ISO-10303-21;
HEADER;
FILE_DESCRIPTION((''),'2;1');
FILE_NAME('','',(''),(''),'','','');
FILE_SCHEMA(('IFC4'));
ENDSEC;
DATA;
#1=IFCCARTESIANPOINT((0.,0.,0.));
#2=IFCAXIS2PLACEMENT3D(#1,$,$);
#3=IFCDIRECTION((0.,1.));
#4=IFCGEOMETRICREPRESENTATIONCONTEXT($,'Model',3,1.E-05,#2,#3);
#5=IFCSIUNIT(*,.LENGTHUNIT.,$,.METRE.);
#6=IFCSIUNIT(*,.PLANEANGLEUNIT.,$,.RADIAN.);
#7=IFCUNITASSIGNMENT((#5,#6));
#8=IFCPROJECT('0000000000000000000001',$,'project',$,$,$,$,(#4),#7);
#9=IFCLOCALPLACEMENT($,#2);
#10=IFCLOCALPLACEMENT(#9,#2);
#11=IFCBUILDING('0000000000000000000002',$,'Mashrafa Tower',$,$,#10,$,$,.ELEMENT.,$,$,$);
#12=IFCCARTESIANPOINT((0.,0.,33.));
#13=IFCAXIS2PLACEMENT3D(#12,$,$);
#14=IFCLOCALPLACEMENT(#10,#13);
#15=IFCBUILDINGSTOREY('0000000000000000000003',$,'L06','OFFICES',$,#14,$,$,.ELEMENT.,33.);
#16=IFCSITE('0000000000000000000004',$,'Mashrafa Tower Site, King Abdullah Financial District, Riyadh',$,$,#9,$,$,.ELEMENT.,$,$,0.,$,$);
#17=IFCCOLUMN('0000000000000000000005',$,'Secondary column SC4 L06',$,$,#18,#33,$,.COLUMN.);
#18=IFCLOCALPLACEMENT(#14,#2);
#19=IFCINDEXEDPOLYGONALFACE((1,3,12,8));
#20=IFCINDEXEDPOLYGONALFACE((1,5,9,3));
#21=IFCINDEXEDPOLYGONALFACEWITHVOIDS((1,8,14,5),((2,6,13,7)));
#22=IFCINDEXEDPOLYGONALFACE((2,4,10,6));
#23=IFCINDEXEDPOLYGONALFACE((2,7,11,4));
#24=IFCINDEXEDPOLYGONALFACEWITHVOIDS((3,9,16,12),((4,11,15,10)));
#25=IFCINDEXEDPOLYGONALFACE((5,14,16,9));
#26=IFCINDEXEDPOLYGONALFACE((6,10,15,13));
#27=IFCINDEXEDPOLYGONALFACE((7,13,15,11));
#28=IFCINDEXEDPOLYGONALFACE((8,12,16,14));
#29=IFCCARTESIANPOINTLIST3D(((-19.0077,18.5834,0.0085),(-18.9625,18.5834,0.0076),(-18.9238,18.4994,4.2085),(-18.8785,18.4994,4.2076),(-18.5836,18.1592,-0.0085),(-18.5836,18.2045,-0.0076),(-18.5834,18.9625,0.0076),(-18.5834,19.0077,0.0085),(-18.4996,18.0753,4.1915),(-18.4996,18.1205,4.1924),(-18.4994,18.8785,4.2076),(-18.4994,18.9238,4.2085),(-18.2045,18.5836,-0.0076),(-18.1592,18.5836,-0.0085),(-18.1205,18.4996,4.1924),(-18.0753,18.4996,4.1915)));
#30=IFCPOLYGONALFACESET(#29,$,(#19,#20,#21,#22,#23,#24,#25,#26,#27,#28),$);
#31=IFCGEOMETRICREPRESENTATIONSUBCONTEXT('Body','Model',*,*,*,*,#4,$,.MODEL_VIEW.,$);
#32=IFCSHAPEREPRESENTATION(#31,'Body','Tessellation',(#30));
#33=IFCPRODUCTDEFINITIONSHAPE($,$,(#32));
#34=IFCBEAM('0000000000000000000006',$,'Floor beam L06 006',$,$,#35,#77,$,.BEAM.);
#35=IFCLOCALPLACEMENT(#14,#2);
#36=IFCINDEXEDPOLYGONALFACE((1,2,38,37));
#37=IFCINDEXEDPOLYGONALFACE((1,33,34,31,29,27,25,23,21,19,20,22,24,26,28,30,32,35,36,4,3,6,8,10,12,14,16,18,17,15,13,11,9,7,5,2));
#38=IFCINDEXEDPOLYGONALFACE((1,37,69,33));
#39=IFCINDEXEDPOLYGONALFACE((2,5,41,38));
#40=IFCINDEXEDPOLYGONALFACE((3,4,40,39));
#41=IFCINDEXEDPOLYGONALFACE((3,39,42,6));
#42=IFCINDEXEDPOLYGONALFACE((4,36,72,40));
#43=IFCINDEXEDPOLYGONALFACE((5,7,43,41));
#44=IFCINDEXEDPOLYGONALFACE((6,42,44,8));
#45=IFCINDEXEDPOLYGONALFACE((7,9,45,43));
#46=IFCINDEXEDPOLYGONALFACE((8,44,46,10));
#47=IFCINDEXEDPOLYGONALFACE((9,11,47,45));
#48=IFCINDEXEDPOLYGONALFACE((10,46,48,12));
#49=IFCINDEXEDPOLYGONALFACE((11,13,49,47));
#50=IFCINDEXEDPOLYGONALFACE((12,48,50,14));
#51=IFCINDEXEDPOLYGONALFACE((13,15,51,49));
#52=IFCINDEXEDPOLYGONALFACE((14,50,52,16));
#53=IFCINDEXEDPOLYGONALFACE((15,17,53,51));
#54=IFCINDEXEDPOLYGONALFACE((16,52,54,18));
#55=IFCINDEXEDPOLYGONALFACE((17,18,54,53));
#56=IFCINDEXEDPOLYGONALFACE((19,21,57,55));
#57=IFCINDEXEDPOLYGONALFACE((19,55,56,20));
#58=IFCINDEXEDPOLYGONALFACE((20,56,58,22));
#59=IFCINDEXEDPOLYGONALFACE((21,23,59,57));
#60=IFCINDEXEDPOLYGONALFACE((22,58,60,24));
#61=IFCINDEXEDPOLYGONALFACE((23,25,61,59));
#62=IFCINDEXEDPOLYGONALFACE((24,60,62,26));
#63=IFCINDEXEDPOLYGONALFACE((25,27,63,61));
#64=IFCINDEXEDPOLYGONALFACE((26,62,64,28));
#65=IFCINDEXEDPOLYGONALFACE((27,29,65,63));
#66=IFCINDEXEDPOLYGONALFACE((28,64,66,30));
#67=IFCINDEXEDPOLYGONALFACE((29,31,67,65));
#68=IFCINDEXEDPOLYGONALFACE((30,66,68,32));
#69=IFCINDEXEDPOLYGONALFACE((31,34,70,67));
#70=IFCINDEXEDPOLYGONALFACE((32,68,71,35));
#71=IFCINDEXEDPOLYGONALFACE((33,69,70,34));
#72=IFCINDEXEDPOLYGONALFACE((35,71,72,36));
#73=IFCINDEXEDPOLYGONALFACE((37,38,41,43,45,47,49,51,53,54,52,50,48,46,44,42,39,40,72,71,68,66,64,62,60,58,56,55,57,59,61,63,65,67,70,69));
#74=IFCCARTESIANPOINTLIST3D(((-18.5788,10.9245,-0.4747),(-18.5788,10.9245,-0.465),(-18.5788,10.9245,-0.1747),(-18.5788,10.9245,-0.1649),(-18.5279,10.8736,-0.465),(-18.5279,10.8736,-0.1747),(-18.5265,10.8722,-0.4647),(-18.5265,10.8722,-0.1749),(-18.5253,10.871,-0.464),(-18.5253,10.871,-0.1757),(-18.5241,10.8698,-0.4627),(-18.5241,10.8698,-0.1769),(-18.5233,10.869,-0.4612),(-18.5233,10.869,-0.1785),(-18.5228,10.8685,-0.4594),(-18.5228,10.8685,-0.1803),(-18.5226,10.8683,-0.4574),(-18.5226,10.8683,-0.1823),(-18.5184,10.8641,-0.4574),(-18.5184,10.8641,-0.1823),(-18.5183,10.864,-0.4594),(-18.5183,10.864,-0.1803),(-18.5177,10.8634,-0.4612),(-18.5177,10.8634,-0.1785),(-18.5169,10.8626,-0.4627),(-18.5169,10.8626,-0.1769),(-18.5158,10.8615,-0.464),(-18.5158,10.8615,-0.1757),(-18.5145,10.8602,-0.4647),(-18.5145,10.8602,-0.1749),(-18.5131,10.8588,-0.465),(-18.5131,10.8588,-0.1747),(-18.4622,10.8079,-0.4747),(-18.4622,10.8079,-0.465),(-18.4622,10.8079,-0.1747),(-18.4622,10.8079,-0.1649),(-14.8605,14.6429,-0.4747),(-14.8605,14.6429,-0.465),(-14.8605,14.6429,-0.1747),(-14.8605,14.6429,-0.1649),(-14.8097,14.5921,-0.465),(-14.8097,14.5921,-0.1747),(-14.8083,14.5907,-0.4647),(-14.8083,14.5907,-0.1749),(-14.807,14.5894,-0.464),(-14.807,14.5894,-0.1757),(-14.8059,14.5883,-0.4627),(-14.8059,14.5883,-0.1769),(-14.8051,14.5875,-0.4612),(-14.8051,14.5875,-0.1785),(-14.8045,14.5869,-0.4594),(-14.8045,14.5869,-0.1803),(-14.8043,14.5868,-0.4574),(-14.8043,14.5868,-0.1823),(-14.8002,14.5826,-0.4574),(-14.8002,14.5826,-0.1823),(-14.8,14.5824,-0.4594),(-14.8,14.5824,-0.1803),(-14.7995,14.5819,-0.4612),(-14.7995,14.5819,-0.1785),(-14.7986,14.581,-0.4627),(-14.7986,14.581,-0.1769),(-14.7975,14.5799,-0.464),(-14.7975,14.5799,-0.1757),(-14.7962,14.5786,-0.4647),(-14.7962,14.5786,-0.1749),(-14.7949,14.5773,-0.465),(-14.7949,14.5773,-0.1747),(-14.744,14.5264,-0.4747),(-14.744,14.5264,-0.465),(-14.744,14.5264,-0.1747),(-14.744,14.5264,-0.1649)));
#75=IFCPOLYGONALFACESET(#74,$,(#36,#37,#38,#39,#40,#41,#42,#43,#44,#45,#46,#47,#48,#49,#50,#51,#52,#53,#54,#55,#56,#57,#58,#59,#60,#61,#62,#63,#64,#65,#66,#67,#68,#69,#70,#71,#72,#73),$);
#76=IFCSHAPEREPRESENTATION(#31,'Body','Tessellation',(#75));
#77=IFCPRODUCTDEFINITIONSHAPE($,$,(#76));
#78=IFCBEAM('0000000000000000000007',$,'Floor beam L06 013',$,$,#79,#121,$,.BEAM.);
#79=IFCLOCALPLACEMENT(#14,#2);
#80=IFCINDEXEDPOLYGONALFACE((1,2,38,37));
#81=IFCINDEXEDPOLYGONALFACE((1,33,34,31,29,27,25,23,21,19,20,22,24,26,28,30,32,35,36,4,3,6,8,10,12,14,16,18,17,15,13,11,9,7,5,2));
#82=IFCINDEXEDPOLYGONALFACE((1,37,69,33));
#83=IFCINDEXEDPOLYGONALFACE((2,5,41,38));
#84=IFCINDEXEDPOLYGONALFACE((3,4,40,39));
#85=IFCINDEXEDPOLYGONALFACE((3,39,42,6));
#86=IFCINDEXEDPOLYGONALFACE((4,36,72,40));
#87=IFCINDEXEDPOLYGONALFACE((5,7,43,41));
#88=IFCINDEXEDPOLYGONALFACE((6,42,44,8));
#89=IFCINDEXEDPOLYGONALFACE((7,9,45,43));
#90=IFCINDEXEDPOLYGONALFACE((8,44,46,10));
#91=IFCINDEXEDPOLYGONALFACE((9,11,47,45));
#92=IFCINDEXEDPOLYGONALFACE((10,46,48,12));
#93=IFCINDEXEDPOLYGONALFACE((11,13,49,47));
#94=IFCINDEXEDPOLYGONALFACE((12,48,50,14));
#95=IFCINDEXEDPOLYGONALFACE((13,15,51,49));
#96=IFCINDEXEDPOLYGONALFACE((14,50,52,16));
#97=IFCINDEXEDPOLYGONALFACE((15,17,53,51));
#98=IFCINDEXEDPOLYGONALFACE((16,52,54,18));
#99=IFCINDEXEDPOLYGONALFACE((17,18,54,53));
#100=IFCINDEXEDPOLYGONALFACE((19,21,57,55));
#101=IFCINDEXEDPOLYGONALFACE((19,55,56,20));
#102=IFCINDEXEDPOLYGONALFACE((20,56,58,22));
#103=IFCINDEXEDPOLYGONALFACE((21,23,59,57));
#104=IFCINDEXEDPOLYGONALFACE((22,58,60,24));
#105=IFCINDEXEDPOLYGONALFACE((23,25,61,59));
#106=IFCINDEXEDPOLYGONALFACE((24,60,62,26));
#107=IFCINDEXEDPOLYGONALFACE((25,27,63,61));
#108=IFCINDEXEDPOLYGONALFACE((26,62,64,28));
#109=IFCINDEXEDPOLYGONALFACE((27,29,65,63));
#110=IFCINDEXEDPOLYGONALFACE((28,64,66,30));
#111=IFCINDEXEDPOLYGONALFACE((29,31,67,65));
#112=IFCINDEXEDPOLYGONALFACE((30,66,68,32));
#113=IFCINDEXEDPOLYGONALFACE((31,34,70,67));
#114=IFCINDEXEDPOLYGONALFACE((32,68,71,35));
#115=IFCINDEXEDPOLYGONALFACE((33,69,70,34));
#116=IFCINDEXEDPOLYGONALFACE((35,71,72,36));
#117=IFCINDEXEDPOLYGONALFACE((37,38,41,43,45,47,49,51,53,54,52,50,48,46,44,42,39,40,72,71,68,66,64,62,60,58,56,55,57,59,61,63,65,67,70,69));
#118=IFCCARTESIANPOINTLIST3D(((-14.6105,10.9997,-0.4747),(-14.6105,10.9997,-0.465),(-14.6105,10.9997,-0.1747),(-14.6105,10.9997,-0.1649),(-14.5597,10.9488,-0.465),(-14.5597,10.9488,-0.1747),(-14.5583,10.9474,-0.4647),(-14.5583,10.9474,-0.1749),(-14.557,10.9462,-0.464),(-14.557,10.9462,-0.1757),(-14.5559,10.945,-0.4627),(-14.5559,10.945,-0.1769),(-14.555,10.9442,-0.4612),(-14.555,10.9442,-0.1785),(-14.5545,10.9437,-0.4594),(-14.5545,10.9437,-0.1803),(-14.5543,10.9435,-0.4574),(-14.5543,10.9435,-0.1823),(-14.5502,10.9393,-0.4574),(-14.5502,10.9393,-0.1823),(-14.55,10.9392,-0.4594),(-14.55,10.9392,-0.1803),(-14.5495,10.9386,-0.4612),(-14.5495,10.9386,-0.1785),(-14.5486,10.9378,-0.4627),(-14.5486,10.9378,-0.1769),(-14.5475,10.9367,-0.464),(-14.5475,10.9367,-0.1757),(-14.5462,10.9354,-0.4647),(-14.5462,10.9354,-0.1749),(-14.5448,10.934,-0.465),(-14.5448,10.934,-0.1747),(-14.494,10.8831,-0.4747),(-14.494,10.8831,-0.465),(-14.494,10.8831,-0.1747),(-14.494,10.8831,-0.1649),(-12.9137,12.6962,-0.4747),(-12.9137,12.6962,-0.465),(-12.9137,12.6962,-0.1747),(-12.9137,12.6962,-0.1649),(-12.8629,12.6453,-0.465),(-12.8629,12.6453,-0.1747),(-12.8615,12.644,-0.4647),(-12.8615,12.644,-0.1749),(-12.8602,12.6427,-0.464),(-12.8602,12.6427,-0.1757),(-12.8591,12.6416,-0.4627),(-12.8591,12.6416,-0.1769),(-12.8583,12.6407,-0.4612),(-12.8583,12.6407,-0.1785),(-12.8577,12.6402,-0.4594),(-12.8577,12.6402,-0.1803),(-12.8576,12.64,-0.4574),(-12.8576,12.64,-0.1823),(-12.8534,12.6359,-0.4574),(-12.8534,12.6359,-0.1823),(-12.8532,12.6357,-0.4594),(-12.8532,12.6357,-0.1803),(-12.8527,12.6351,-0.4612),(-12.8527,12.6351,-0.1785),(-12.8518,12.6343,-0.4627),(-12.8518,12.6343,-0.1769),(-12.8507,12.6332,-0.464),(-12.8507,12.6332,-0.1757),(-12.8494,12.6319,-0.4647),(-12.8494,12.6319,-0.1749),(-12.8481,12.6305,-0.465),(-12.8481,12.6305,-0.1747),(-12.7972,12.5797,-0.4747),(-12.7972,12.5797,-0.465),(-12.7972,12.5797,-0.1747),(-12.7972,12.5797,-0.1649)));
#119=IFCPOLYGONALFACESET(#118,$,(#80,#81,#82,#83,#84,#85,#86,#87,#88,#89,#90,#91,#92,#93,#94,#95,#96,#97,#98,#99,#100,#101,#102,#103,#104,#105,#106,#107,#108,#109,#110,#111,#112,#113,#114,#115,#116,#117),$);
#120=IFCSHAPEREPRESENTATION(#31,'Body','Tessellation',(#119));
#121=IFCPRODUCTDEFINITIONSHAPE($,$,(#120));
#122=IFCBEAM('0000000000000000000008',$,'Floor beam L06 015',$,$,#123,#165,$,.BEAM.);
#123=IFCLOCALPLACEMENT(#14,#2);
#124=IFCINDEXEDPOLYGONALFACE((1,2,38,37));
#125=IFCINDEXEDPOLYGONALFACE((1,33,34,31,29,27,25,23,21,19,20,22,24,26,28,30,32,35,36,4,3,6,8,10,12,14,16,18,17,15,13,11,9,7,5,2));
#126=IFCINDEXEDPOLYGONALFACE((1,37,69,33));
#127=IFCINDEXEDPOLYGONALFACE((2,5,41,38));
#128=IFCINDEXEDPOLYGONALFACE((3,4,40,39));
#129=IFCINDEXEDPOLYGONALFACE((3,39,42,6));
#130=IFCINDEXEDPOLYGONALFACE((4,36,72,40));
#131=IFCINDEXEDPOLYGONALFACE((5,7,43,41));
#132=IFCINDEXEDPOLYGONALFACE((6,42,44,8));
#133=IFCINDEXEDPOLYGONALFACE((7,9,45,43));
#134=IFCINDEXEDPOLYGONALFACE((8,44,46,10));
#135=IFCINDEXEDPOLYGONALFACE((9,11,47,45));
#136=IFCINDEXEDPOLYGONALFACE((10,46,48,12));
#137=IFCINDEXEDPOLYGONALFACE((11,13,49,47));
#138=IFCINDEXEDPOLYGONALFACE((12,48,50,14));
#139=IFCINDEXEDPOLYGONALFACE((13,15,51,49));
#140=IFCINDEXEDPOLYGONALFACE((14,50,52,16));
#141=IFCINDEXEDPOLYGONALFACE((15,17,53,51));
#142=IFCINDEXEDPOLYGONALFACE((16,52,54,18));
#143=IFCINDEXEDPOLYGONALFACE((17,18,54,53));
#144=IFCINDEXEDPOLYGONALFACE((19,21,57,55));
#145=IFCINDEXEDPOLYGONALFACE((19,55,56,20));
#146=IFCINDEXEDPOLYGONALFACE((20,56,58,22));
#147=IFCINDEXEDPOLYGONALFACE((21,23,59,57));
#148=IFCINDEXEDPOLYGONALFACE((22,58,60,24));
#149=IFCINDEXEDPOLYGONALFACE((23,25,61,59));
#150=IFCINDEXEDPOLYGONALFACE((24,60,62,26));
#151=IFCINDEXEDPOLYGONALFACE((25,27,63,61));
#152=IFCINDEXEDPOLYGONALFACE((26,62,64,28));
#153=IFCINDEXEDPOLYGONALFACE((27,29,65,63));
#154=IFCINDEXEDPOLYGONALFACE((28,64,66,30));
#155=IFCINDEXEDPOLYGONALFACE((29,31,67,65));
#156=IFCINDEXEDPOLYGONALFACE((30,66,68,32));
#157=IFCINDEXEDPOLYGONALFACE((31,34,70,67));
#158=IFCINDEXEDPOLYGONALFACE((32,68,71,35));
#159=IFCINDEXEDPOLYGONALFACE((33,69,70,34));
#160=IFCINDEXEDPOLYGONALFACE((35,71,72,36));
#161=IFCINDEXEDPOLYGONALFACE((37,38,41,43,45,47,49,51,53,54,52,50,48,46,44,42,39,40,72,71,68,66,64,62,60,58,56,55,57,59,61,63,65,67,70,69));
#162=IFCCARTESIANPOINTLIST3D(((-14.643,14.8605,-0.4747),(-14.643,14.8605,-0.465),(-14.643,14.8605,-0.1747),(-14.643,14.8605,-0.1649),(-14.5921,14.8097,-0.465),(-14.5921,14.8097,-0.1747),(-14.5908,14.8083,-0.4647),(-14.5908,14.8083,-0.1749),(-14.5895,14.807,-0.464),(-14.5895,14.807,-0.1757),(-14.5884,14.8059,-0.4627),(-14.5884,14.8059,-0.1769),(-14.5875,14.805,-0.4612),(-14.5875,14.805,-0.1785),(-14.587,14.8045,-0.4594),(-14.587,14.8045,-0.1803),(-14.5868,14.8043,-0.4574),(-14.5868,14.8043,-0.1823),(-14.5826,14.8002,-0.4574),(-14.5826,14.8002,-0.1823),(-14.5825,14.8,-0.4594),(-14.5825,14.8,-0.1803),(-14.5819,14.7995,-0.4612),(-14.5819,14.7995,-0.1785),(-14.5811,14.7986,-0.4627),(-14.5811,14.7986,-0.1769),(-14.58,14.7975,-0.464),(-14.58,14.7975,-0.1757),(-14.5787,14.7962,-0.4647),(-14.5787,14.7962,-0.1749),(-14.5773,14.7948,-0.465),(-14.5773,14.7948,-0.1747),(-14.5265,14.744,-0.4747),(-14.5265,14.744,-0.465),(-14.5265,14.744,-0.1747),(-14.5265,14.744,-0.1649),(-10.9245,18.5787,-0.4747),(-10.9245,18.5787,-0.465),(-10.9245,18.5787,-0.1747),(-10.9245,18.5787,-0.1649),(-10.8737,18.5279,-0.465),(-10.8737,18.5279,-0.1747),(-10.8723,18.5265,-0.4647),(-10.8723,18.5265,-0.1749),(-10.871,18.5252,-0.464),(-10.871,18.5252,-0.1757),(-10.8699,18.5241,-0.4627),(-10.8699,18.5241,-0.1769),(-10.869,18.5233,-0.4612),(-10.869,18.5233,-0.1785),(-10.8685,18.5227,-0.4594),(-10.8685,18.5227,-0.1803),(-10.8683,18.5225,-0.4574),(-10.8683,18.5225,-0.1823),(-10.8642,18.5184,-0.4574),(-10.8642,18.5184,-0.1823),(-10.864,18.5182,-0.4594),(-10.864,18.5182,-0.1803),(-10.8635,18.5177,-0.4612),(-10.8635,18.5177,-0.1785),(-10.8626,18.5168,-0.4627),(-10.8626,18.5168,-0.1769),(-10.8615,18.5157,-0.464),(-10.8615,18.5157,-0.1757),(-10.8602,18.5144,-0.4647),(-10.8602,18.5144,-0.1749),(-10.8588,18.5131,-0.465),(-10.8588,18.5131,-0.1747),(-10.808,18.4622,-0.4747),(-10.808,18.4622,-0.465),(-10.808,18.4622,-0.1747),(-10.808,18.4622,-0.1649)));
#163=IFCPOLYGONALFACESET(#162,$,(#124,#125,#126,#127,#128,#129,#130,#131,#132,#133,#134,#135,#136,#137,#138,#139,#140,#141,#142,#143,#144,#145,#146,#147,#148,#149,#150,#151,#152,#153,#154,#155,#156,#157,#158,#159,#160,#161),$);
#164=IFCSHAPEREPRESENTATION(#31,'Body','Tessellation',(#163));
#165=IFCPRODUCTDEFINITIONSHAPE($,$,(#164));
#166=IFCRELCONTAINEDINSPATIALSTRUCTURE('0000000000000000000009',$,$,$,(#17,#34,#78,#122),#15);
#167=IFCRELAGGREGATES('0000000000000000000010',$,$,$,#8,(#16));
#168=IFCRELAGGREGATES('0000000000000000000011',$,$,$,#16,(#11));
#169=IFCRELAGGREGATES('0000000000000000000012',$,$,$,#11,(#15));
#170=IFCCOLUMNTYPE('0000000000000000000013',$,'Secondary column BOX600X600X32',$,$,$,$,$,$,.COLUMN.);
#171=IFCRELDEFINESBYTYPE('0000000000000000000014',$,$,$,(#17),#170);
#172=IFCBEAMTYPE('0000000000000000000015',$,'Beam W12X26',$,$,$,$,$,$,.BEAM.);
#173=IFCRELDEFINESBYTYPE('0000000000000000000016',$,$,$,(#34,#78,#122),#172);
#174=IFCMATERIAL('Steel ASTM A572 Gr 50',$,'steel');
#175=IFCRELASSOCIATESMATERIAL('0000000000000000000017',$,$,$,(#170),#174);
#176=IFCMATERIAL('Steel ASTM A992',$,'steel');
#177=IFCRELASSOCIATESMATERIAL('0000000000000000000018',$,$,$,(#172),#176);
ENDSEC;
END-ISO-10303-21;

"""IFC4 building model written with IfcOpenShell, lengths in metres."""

from ifc_helpers import new_model, si_unit, direction, frame, origin, origin_2d, place, context, subcontext, project, spatial, hollow_rectangle, i_section, extrude, material, material_profile, profile_set, type_object, element, save


model = new_model("IFC4")

# Units and contexts
model_context = context("Model", 3, precision=1e-05, world=origin(), true_north=direction((0.0, 1.0)))
body_context = subcontext(model_context, "Body", "Model", "MODEL_VIEW")
ifc_project = project(units=[si_unit("LENGTHUNIT", "METRE"), si_unit("PLANEANGLEUNIT", "RADIAN")], contexts=[model_context])

# Site, building, storey
site_placement = place(None, origin())
site = spatial("IfcSite", under=ifc_project, at=site_placement, Name="Mashrafa Tower Site, King Abdullah Financial District, Riyadh", CompositionType="ELEMENT", RefElevation=0.0)
building_placement = place(site_placement, origin())
building = spatial("IfcBuilding", under=site, at=building_placement, Name="Mashrafa Tower", CompositionType="ELEMENT")
storey_placement = place(building_placement, frame((0.0, 0.0, 33.0)))
storey = spatial("IfcBuildingStorey", under=building, at=storey_placement, Name="L06", Description="OFFICES", CompositionType="ELEMENT", Elevation=33.0)

# Column
ifc_material_1 = material(Name="Steel ASTM A572 Gr 50", Category="steel")
ifc_material_profile_1 = material_profile(ifc_material_1, hollow_rectangle(XDim=0.6001, YDim=0.6001, WallThickness=0.032, at=origin_2d()), Name="BOX600X600X32")
ifc_profile_set_1 = profile_set([ifc_material_profile_1], Name="Steel ASTM A572 Gr 50")
column_type = type_object("IfcColumnType", Name="Secondary column BOX600X600X32", PredefinedType="COLUMN", material=ifc_profile_set_1)
column_placement = place(storey_placement, frame((-18.5835, 18.5835, 0.0), z_axis=(0.019989, -0.019989, 0.9996), x_axis=(0.707107, 0.707107, 0.0)))
element("IfcColumn", 1, at=column_placement, inside=storey, type_object=column_type, Name="Secondary column SC4 L06", PredefinedType="COLUMN", context=body_context, shape_type="SweptSolid", body=[
    extrude(hollow_rectangle(XDim=0.6001, YDim=0.6001, WallThickness=0.032, at=origin_2d()), origin(), (0.0, 0.0, 1.0), 4.2017),
])

# Beams
ifc_material_2 = material(Name="Steel ASTM A992", Category="steel")
ifc_material_profile_2 = material_profile(ifc_material_2, i_section(OverallWidth=0.1648, OverallDepth=0.3098, WebThickness=0.0059, FlangeThickness=0.0098, FilletRadius=0.0076, at=origin_2d()), Name="W12X26")
ifc_profile_set_2 = profile_set([ifc_material_profile_2], Name="Steel ASTM A992")
beam_type_1 = type_object("IfcBeamType", Name="Beam W12X26", PredefinedType="BEAM", material=ifc_profile_set_2)
beam_1_placement = place(storey_placement, frame((-18.5205, 10.8662, -0.3198), z_axis=(0.707084, 0.70713, 0.0), x_axis=(-0.70713, 0.707084, 0.0)))
element("IfcBeam", 2, at=beam_1_placement, inside=storey, type_object=beam_type_1, Name="Floor beam L06 006", PredefinedType="BEAM", context=body_context, shape_type="SweptSolid", body=[
    extrude(i_section(OverallWidth=0.1648, OverallDepth=0.3098, WebThickness=0.0059, FlangeThickness=0.0098, FilletRadius=0.0076, at=origin_2d()), origin(), (0.0, 0.0, 1.0), 5.2585),
])
beam_2_placement = place(storey_placement, frame((-14.5522, 10.9414, -0.3198), z_axis=(0.707158, 0.707056, 0.0), x_axis=(-0.707056, 0.707158, 0.0)))
element("IfcBeam", 3, at=beam_2_placement, inside=storey, type_object=beam_type_1, Name="Floor beam L06 013", PredefinedType="BEAM", context=body_context, shape_type="SweptSolid", body=[
    extrude(i_section(OverallWidth=0.1648, OverallDepth=0.3098, WebThickness=0.0059, FlangeThickness=0.0098, FilletRadius=0.0076, at=origin_2d()), origin(), (0.0, 0.0, 1.0), 2.3994),
])
beam_3_placement = place(storey_placement, frame((-14.5847, 14.8022, -0.3198), z_axis=(0.70713, 0.707084, 0.0), x_axis=(-0.707084, 0.70713, 0.0)))
element("IfcBeam", 4, at=beam_3_placement, inside=storey, type_object=beam_type_1, Name="Floor beam L06 015", PredefinedType="BEAM", context=body_context, shape_type="SweptSolid", body=[
    extrude(i_section(OverallWidth=0.1648, OverallDepth=0.3098, WebThickness=0.0059, FlangeThickness=0.0098, FilletRadius=0.0076, at=origin_2d()), origin(), (0.0, 0.0, 1.0), 5.2585),
])

save(model, "model.ifc")
